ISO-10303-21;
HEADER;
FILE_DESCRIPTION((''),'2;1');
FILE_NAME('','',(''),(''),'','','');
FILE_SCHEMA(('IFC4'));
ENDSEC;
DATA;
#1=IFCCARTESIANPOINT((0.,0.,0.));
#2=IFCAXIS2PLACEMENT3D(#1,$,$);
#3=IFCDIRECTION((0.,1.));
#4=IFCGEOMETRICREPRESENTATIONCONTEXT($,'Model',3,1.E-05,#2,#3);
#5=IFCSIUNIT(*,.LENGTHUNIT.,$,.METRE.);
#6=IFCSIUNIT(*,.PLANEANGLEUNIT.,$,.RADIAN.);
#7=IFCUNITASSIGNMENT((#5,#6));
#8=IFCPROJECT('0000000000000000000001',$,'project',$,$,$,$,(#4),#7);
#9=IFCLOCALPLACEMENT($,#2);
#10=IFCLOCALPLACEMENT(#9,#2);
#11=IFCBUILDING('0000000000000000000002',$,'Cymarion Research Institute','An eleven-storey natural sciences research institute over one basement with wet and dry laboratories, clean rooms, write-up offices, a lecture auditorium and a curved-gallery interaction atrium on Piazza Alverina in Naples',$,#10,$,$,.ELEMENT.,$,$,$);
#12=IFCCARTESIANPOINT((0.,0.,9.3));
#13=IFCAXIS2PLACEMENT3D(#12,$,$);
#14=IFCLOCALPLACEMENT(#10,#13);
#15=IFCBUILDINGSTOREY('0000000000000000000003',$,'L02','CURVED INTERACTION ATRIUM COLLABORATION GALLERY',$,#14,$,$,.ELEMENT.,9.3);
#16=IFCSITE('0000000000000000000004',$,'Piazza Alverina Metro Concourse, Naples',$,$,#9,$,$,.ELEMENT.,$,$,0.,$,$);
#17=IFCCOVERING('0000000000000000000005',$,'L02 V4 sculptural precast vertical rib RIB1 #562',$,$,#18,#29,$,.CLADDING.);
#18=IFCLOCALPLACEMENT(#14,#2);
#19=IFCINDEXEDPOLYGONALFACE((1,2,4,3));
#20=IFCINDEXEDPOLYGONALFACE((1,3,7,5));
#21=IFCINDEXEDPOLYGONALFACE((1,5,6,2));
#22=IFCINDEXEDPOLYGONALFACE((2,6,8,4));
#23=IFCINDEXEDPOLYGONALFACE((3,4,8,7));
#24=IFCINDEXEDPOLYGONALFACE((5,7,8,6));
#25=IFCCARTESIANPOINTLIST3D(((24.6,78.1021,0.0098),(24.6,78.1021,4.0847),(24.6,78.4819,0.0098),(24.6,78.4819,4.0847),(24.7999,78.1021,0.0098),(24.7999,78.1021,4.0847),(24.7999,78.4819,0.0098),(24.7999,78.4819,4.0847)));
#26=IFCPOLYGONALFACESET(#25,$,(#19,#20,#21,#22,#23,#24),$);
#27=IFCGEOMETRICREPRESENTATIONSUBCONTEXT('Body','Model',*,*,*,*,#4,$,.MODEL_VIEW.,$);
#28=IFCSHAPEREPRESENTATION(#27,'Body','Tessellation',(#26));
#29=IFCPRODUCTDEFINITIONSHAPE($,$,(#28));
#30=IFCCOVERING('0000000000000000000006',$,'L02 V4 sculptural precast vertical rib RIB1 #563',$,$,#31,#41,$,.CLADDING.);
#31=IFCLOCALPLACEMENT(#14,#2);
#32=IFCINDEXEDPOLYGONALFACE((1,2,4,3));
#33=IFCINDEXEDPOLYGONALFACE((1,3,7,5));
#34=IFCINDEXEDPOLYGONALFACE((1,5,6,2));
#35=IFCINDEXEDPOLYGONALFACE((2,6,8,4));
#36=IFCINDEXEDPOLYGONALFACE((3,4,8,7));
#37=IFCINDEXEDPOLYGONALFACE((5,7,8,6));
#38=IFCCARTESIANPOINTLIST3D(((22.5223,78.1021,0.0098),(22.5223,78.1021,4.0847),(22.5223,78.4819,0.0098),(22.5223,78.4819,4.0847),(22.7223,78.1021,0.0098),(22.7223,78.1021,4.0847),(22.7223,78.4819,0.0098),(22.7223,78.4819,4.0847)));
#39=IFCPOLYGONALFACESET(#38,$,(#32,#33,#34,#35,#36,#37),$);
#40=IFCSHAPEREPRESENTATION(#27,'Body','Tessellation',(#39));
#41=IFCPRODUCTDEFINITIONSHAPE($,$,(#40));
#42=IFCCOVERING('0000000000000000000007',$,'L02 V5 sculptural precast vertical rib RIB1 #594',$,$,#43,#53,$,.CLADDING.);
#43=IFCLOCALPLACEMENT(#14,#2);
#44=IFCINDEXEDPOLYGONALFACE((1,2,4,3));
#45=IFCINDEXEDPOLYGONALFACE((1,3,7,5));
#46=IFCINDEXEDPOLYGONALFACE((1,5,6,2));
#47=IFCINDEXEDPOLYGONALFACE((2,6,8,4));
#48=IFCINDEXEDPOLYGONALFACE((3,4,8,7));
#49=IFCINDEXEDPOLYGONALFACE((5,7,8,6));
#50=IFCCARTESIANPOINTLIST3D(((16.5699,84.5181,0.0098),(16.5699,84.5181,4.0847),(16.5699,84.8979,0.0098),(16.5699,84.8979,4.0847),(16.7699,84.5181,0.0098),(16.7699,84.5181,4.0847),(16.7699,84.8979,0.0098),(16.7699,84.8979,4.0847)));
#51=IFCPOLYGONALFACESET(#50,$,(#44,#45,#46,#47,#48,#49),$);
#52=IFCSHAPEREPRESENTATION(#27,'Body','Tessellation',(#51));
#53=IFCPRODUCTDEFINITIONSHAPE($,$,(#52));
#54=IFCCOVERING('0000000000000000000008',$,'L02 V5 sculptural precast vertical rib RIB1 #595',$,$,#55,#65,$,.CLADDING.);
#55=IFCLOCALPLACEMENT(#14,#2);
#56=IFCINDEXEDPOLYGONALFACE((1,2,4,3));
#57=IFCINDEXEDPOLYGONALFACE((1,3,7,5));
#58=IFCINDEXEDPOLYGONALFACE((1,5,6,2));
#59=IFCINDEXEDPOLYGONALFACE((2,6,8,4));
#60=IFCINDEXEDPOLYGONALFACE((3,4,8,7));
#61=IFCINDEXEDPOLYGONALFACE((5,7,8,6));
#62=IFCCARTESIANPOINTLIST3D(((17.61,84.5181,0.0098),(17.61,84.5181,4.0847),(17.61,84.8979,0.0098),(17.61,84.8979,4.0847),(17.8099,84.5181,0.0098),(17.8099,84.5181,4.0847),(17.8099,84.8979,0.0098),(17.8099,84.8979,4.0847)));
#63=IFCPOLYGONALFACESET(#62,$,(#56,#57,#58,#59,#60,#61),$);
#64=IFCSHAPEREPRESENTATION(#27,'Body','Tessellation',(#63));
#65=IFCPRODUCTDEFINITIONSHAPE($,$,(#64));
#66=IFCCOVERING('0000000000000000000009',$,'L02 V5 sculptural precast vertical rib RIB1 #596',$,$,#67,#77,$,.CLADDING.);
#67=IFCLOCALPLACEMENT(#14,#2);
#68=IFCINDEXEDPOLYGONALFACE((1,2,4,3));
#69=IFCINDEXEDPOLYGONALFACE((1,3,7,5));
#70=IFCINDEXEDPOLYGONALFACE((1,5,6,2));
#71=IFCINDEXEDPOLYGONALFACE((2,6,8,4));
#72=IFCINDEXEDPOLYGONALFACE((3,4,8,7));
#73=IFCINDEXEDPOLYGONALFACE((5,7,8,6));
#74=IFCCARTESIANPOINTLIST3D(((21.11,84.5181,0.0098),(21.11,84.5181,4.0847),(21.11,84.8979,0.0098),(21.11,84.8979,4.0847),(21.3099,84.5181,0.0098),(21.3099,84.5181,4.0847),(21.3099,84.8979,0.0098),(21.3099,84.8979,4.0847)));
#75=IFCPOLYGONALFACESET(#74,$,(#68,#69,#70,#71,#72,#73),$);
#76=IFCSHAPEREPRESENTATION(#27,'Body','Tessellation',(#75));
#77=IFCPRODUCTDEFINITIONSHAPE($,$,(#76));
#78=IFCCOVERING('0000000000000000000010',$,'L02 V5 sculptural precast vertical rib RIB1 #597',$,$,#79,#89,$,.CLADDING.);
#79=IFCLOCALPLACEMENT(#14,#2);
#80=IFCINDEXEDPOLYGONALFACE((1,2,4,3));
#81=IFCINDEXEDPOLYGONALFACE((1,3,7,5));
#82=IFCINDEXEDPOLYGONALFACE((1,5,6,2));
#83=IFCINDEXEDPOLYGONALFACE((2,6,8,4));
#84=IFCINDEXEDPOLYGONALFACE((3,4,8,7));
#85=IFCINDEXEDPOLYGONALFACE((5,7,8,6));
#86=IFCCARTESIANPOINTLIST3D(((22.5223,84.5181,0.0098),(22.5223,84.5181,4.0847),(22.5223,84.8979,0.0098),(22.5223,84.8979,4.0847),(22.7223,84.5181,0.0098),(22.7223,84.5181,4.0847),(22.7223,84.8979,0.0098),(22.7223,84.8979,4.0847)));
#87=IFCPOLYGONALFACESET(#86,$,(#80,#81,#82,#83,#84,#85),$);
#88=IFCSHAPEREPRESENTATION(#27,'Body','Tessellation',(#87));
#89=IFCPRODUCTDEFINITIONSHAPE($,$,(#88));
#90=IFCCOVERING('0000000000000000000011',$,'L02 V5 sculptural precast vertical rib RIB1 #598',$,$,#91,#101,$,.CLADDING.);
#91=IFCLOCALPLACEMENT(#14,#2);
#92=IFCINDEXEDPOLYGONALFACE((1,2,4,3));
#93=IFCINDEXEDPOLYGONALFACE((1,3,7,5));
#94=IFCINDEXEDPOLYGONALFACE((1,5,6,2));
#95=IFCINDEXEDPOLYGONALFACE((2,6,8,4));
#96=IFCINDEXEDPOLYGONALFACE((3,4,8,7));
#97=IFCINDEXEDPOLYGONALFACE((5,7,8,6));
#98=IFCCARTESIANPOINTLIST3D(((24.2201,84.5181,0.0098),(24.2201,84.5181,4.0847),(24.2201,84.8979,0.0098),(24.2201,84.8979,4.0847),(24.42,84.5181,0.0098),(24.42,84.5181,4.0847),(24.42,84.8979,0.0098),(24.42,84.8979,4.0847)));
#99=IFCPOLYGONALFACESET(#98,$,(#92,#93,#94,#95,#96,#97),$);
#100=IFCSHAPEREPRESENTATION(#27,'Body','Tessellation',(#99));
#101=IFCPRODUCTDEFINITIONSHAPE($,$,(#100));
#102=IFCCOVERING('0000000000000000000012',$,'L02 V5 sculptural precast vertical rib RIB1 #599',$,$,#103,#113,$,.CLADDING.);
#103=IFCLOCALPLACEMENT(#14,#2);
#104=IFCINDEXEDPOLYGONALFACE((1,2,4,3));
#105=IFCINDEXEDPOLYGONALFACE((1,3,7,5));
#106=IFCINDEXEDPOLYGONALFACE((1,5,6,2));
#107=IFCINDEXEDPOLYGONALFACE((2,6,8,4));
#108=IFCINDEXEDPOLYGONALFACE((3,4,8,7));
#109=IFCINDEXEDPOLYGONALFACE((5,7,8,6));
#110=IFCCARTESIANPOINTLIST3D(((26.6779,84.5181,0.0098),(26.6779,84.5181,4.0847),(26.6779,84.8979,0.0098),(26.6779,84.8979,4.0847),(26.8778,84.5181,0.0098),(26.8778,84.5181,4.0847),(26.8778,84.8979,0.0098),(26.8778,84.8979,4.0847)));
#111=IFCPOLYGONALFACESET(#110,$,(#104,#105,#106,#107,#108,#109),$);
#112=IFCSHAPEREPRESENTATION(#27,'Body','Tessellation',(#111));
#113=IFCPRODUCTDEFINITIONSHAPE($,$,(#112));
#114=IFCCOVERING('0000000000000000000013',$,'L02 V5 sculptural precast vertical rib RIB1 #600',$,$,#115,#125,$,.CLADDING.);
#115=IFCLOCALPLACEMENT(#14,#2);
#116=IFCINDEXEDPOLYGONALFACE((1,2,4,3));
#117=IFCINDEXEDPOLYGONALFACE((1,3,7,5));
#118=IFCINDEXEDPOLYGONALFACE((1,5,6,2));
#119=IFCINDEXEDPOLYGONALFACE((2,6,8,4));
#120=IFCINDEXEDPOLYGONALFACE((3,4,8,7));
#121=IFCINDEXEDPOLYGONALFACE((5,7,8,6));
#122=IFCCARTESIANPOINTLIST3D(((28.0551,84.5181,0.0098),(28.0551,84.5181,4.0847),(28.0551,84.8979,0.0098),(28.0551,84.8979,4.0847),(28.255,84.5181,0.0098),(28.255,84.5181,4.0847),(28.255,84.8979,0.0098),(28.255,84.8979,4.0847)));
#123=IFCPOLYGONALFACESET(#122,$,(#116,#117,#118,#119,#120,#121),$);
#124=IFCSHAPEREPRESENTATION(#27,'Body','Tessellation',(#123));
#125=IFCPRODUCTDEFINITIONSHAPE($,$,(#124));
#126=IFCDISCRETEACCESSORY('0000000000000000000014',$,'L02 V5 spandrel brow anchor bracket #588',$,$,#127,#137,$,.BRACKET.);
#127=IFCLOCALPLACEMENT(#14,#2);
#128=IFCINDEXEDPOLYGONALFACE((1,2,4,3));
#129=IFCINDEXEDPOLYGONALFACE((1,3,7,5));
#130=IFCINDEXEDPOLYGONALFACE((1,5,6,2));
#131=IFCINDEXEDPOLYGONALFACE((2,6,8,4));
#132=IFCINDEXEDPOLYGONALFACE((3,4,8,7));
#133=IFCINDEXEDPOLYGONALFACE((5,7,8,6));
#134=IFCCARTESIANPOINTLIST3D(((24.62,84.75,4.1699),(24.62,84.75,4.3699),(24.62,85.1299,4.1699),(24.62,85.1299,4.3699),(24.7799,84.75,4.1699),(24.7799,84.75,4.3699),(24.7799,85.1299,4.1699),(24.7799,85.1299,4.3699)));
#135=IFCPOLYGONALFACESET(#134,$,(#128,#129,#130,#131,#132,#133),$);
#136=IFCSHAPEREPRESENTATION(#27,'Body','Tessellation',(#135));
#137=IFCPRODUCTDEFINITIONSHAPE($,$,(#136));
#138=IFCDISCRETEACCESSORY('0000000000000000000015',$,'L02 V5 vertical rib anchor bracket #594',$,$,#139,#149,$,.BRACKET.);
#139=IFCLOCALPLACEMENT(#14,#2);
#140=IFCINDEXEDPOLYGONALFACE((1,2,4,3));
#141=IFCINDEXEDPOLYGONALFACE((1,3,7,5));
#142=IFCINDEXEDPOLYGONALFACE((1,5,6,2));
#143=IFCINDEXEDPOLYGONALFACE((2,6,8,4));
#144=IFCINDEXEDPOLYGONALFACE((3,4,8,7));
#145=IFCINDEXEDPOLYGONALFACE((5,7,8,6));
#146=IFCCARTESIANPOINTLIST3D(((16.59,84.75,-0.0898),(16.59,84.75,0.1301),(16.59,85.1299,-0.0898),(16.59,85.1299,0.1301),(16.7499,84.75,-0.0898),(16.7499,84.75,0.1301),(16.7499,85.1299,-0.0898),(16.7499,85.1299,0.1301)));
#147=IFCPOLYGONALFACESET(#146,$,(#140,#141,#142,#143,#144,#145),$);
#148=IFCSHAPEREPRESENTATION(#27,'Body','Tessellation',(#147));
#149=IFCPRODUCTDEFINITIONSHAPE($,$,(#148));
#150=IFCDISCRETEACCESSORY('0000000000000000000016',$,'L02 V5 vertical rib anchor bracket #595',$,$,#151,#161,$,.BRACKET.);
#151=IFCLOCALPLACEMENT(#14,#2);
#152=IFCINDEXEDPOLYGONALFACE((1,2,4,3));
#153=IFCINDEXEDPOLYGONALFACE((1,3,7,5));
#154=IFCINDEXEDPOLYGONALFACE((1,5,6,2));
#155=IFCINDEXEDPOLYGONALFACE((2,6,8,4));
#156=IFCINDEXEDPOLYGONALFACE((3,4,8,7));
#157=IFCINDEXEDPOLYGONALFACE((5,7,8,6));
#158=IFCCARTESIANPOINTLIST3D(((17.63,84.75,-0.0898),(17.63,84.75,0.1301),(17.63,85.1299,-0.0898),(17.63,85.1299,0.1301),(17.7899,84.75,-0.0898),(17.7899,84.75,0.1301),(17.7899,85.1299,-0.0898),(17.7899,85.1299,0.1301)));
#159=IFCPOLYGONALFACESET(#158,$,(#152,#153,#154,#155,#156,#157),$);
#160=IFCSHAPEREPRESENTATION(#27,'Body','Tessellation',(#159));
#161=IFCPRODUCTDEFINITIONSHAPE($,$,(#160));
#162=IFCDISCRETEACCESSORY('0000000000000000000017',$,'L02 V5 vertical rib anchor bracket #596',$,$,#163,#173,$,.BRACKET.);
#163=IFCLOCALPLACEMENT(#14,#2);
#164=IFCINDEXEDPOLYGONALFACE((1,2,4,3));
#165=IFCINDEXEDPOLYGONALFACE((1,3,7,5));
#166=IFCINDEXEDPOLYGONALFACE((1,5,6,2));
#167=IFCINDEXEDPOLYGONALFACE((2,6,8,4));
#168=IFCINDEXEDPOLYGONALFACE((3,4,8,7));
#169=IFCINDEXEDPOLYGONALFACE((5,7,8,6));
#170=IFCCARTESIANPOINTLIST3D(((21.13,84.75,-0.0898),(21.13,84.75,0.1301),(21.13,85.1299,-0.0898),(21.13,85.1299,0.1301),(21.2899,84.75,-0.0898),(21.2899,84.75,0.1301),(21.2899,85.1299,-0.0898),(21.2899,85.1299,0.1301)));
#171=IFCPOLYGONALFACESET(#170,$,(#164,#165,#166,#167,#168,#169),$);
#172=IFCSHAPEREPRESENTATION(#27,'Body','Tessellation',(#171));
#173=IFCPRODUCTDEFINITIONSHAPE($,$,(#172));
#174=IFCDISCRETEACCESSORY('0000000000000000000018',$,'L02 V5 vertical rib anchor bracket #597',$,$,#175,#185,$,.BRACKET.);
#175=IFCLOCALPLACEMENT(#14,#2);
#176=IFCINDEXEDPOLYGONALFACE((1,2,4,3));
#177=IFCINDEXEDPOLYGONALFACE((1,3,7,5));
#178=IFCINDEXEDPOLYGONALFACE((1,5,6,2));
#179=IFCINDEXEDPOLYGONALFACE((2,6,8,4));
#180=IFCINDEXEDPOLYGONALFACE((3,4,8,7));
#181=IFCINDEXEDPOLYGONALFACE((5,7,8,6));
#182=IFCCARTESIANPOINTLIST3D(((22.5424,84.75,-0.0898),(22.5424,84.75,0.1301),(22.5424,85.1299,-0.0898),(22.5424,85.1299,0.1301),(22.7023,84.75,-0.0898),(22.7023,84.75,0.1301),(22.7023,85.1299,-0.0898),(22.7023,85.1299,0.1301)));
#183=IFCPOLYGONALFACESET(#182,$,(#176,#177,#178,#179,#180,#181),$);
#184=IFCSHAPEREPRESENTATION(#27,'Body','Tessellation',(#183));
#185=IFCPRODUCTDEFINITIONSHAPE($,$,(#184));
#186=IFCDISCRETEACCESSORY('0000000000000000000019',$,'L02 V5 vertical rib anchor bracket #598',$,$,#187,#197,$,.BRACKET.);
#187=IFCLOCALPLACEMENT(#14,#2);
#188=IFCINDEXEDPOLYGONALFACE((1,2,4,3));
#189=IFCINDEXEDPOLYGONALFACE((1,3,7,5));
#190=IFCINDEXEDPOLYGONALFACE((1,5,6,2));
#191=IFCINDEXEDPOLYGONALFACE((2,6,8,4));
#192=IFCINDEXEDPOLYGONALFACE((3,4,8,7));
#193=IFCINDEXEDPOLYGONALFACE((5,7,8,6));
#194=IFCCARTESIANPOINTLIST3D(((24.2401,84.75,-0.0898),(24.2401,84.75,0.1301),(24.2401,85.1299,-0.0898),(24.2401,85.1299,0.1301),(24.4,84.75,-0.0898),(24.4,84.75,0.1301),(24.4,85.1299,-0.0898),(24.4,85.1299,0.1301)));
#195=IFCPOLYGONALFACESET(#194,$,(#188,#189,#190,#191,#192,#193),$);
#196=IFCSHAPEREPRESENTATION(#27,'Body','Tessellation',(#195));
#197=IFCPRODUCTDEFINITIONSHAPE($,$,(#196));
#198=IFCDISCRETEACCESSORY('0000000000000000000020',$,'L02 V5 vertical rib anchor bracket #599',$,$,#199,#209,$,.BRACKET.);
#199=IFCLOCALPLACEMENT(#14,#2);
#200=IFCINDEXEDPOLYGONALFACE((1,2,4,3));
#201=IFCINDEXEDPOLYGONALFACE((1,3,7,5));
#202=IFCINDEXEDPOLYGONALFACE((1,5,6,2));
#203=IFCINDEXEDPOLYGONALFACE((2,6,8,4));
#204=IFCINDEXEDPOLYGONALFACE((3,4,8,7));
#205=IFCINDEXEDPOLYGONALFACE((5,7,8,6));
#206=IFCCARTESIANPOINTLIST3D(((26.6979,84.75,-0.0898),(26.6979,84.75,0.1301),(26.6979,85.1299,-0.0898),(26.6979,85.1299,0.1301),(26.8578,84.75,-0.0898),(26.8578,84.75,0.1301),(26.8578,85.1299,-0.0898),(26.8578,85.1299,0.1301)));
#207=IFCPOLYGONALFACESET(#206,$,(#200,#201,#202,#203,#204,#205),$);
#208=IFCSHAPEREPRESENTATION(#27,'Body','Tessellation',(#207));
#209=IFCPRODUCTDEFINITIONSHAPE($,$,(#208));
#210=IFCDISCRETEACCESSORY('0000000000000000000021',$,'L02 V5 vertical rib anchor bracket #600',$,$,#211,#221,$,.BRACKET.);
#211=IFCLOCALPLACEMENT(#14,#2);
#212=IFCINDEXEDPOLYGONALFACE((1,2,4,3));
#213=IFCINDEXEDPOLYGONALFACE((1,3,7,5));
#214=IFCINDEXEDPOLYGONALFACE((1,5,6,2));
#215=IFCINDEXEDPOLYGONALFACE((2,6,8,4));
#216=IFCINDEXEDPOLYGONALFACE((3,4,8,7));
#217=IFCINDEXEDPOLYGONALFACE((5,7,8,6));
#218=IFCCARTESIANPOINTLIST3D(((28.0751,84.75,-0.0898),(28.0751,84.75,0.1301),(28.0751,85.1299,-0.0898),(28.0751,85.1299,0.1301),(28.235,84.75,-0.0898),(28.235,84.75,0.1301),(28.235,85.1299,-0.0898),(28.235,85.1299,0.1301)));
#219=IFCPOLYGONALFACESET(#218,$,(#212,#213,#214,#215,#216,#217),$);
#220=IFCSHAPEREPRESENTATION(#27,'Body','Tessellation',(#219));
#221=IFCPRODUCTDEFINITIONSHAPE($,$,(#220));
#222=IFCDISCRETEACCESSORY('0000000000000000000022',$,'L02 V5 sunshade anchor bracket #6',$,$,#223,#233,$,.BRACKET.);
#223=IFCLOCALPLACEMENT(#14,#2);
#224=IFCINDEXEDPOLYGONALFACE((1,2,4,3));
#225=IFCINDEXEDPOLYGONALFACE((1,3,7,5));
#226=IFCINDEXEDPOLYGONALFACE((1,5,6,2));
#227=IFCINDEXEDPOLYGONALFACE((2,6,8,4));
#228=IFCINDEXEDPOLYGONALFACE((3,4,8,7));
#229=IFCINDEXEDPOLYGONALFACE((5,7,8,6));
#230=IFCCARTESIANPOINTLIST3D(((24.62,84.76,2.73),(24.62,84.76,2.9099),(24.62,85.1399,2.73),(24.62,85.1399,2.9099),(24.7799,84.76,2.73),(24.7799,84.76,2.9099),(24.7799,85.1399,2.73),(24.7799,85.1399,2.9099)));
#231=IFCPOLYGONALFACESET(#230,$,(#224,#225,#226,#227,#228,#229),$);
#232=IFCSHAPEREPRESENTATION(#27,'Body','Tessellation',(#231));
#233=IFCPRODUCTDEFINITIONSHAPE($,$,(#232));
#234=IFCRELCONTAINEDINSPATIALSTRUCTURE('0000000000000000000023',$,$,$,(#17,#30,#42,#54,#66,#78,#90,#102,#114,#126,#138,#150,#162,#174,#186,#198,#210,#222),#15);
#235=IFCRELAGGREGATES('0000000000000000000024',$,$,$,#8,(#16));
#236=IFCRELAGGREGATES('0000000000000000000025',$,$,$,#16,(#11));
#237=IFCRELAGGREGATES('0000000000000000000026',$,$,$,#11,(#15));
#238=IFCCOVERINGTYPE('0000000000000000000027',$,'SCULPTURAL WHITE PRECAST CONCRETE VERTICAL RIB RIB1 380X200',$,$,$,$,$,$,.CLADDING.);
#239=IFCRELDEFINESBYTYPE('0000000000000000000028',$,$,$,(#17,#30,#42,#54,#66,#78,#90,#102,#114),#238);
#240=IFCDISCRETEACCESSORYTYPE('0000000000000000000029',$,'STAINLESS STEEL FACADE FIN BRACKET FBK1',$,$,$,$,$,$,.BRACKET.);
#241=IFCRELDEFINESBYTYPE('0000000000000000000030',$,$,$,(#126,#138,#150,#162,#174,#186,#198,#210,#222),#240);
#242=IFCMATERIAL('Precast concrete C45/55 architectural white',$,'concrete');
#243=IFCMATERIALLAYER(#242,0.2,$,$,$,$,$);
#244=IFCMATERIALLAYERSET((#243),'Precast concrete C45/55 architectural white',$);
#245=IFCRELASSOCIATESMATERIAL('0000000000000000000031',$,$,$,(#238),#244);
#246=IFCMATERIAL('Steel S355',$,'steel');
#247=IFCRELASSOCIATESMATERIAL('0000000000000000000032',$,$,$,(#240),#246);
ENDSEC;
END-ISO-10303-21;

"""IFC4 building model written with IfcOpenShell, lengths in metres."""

from ifc_helpers import new_model, si_unit, direction, frame, origin, origin_2d, place, context, subcontext, project, spatial, rectangle, extrude, material, layer, layer_set, type_object, element, save


model = new_model("IFC4")

# Units and contexts
model_context = context("Model", 3, precision=1e-05, world=origin(), true_north=direction((0.0, 1.0)))
body_context = subcontext(model_context, "Body", "Model", "MODEL_VIEW")
ifc_project = project(units=[si_unit("LENGTHUNIT", "METRE"), si_unit("PLANEANGLEUNIT", "RADIAN")], contexts=[model_context])

# Site, building, storey
site_placement = place(None, origin())
site = spatial("IfcSite", under=ifc_project, at=site_placement, Name="Piazza Alverina Metro Concourse, Naples", CompositionType="ELEMENT", RefElevation=0.0)
building_placement = place(site_placement, origin())
building = spatial("IfcBuilding", under=site, at=building_placement, Name="Cymarion Research Institute", Description="An eleven-storey natural sciences research institute over one basement with wet and dry laboratories, clean rooms, write-up offices, a lecture auditorium and a curved-gallery interaction atrium on Piazza Alverina in Naples", CompositionType="ELEMENT")
storey_placement = place(building_placement, frame((0.0, 0.0, 9.3)))
storey = spatial("IfcBuildingStorey", under=building, at=storey_placement, Name="L02", Description="CURVED INTERACTION ATRIUM COLLABORATION GALLERY", CompositionType="ELEMENT", Elevation=9.3)

# Shared definitions
ifc_material_1 = material(Name="Steel S355", Category="steel")

# Coverings
ifc_material_2 = material(Name="Precast concrete C45/55 architectural white", Category="concrete")
ifc_layer_1 = layer(ifc_material_2, 0.2)
ifc_layer_set_1 = layer_set([ifc_layer_1], Name="Precast concrete C45/55 architectural white")
covering_type_1 = type_object("IfcCoveringType", Name="SCULPTURAL WHITE PRECAST CONCRETE VERTICAL RIB RIB1 380X200", PredefinedType="CLADDING", material=ifc_layer_set_1)
for number, where, z_axis, x_axis, name in (
    (1, (24.7, 78.292, 0.0098), (0.0, 0.0, 1.0), (0.0, 1.0, 0.0), "L02 V4 sculptural precast vertical rib RIB1 #562"),
    (2, (22.6223, 78.292, 0.0098), (0.0, 0.0, 1.0), (0.0, 1.0, 0.0), "L02 V4 sculptural precast vertical rib RIB1 #563"),
    (3, (16.6699, 84.708, 0.0098), (0.0, 0.0, 1.0), (0.0, -1.0, 0.0), "L02 V5 sculptural precast vertical rib RIB1 #594"),
    (4, (17.71, 84.708, 0.0098), (0.0, 0.0, 1.0), (0.0, -1.0, 0.0), "L02 V5 sculptural precast vertical rib RIB1 #595"),
    (5, (21.21, 84.708, 0.0098), (0.0, 0.0, 1.0), (0.0, -1.0, 0.0), "L02 V5 sculptural precast vertical rib RIB1 #596"),
    (6, (22.6223, 84.708, 0.0098), (0.0, 0.0, 1.0), (0.0, -1.0, 0.0), "L02 V5 sculptural precast vertical rib RIB1 #597"),
    (7, (24.3201, 84.708, 0.0098), (0.0, 0.0, 1.0), (0.0, -1.0, 0.0), "L02 V5 sculptural precast vertical rib RIB1 #598"),
    (8, (26.7778, 84.708, 0.0098), (0.0, 0.0, 1.0), (0.0, -1.0, 0.0), "L02 V5 sculptural precast vertical rib RIB1 #599"),
    (9, (28.155, 84.708, 0.0098), (0.0, 0.0, 1.0), (0.0, -1.0, 0.0), "L02 V5 sculptural precast vertical rib RIB1 #600"),
):
    element("IfcCovering", number, at=place(storey_placement, frame(where, z_axis=z_axis, x_axis=x_axis)), inside=storey, type_object=covering_type_1, Name=name, PredefinedType="CLADDING", context=body_context, shape_type="SweptSolid", body=[
        extrude(rectangle(XDim=0.3799, YDim=0.2, at=origin_2d()), origin(), (0.0, 0.0, 1.0), 4.075),
    ])

# Discrete accessories
discrete_accessory_type = type_object("IfcDiscreteAccessoryType", Name="STAINLESS STEEL FACADE FIN BRACKET FBK1", PredefinedType="BRACKET", material=ifc_material_1)
discrete_accessory_1_placement = place(storey_placement, frame((24.7, 84.9399, 4.1699), z_axis=(0.0, 0.0, 1.0), x_axis=(0.0, -1.0, 0.0)))
element("IfcDiscreteAccessory", 10, at=discrete_accessory_1_placement, inside=storey, type_object=discrete_accessory_type, Name="L02 V5 spandrel brow anchor bracket #588", PredefinedType="BRACKET", context=body_context, shape_type="SweptSolid", body=[
    extrude(rectangle(XDim=0.3799, YDim=0.1599, at=origin_2d()), origin(), (0.0, 0.0, 1.0), 0.2),
])
for number, where, z_axis, x_axis, name in (
    (11, (16.6699, 84.9399, -0.0898), (0.0, 0.0, 1.0), (0.0, -1.0, 0.0), "L02 V5 vertical rib anchor bracket #594"),
    (12, (17.71, 84.9399, -0.0898), (0.0, 0.0, 1.0), (0.0, -1.0, 0.0), "L02 V5 vertical rib anchor bracket #595"),
    (13, (21.21, 84.9399, -0.0898), (0.0, 0.0, 1.0), (0.0, -1.0, 0.0), "L02 V5 vertical rib anchor bracket #596"),
    (14, (22.6223, 84.9399, -0.0898), (0.0, 0.0, 1.0), (0.0, -1.0, 0.0), "L02 V5 vertical rib anchor bracket #597"),
    (15, (24.3201, 84.9399, -0.0898), (0.0, 0.0, 1.0), (0.0, -1.0, 0.0), "L02 V5 vertical rib anchor bracket #598"),
    (16, (26.7778, 84.9399, -0.0898), (0.0, 0.0, 1.0), (0.0, -1.0, 0.0), "L02 V5 vertical rib anchor bracket #599"),
    (17, (28.155, 84.9399, -0.0898), (0.0, 0.0, 1.0), (0.0, -1.0, 0.0), "L02 V5 vertical rib anchor bracket #600"),
):
    element("IfcDiscreteAccessory", number, at=place(storey_placement, frame(where, z_axis=z_axis, x_axis=x_axis)), inside=storey, type_object=discrete_accessory_type, Name=name, PredefinedType="BRACKET", context=body_context, shape_type="SweptSolid", body=[
        extrude(rectangle(XDim=0.3799, YDim=0.1599, at=origin_2d()), origin(), (0.0, 0.0, 1.0), 0.22),
    ])
discrete_accessory_2_placement = place(storey_placement, frame((24.7, 84.95, 2.73), z_axis=(0.0, 0.0, 1.0), x_axis=(0.0, -1.0, 0.0)))
element("IfcDiscreteAccessory", 18, at=discrete_accessory_2_placement, inside=storey, type_object=discrete_accessory_type, Name="L02 V5 sunshade anchor bracket #6", PredefinedType="BRACKET", context=body_context, shape_type="SweptSolid", body=[
    extrude(rectangle(XDim=0.3799, YDim=0.1599, at=origin_2d()), origin(), (0.0, 0.0, 1.0), 0.1799),
])

save(model, "model.ifc")
